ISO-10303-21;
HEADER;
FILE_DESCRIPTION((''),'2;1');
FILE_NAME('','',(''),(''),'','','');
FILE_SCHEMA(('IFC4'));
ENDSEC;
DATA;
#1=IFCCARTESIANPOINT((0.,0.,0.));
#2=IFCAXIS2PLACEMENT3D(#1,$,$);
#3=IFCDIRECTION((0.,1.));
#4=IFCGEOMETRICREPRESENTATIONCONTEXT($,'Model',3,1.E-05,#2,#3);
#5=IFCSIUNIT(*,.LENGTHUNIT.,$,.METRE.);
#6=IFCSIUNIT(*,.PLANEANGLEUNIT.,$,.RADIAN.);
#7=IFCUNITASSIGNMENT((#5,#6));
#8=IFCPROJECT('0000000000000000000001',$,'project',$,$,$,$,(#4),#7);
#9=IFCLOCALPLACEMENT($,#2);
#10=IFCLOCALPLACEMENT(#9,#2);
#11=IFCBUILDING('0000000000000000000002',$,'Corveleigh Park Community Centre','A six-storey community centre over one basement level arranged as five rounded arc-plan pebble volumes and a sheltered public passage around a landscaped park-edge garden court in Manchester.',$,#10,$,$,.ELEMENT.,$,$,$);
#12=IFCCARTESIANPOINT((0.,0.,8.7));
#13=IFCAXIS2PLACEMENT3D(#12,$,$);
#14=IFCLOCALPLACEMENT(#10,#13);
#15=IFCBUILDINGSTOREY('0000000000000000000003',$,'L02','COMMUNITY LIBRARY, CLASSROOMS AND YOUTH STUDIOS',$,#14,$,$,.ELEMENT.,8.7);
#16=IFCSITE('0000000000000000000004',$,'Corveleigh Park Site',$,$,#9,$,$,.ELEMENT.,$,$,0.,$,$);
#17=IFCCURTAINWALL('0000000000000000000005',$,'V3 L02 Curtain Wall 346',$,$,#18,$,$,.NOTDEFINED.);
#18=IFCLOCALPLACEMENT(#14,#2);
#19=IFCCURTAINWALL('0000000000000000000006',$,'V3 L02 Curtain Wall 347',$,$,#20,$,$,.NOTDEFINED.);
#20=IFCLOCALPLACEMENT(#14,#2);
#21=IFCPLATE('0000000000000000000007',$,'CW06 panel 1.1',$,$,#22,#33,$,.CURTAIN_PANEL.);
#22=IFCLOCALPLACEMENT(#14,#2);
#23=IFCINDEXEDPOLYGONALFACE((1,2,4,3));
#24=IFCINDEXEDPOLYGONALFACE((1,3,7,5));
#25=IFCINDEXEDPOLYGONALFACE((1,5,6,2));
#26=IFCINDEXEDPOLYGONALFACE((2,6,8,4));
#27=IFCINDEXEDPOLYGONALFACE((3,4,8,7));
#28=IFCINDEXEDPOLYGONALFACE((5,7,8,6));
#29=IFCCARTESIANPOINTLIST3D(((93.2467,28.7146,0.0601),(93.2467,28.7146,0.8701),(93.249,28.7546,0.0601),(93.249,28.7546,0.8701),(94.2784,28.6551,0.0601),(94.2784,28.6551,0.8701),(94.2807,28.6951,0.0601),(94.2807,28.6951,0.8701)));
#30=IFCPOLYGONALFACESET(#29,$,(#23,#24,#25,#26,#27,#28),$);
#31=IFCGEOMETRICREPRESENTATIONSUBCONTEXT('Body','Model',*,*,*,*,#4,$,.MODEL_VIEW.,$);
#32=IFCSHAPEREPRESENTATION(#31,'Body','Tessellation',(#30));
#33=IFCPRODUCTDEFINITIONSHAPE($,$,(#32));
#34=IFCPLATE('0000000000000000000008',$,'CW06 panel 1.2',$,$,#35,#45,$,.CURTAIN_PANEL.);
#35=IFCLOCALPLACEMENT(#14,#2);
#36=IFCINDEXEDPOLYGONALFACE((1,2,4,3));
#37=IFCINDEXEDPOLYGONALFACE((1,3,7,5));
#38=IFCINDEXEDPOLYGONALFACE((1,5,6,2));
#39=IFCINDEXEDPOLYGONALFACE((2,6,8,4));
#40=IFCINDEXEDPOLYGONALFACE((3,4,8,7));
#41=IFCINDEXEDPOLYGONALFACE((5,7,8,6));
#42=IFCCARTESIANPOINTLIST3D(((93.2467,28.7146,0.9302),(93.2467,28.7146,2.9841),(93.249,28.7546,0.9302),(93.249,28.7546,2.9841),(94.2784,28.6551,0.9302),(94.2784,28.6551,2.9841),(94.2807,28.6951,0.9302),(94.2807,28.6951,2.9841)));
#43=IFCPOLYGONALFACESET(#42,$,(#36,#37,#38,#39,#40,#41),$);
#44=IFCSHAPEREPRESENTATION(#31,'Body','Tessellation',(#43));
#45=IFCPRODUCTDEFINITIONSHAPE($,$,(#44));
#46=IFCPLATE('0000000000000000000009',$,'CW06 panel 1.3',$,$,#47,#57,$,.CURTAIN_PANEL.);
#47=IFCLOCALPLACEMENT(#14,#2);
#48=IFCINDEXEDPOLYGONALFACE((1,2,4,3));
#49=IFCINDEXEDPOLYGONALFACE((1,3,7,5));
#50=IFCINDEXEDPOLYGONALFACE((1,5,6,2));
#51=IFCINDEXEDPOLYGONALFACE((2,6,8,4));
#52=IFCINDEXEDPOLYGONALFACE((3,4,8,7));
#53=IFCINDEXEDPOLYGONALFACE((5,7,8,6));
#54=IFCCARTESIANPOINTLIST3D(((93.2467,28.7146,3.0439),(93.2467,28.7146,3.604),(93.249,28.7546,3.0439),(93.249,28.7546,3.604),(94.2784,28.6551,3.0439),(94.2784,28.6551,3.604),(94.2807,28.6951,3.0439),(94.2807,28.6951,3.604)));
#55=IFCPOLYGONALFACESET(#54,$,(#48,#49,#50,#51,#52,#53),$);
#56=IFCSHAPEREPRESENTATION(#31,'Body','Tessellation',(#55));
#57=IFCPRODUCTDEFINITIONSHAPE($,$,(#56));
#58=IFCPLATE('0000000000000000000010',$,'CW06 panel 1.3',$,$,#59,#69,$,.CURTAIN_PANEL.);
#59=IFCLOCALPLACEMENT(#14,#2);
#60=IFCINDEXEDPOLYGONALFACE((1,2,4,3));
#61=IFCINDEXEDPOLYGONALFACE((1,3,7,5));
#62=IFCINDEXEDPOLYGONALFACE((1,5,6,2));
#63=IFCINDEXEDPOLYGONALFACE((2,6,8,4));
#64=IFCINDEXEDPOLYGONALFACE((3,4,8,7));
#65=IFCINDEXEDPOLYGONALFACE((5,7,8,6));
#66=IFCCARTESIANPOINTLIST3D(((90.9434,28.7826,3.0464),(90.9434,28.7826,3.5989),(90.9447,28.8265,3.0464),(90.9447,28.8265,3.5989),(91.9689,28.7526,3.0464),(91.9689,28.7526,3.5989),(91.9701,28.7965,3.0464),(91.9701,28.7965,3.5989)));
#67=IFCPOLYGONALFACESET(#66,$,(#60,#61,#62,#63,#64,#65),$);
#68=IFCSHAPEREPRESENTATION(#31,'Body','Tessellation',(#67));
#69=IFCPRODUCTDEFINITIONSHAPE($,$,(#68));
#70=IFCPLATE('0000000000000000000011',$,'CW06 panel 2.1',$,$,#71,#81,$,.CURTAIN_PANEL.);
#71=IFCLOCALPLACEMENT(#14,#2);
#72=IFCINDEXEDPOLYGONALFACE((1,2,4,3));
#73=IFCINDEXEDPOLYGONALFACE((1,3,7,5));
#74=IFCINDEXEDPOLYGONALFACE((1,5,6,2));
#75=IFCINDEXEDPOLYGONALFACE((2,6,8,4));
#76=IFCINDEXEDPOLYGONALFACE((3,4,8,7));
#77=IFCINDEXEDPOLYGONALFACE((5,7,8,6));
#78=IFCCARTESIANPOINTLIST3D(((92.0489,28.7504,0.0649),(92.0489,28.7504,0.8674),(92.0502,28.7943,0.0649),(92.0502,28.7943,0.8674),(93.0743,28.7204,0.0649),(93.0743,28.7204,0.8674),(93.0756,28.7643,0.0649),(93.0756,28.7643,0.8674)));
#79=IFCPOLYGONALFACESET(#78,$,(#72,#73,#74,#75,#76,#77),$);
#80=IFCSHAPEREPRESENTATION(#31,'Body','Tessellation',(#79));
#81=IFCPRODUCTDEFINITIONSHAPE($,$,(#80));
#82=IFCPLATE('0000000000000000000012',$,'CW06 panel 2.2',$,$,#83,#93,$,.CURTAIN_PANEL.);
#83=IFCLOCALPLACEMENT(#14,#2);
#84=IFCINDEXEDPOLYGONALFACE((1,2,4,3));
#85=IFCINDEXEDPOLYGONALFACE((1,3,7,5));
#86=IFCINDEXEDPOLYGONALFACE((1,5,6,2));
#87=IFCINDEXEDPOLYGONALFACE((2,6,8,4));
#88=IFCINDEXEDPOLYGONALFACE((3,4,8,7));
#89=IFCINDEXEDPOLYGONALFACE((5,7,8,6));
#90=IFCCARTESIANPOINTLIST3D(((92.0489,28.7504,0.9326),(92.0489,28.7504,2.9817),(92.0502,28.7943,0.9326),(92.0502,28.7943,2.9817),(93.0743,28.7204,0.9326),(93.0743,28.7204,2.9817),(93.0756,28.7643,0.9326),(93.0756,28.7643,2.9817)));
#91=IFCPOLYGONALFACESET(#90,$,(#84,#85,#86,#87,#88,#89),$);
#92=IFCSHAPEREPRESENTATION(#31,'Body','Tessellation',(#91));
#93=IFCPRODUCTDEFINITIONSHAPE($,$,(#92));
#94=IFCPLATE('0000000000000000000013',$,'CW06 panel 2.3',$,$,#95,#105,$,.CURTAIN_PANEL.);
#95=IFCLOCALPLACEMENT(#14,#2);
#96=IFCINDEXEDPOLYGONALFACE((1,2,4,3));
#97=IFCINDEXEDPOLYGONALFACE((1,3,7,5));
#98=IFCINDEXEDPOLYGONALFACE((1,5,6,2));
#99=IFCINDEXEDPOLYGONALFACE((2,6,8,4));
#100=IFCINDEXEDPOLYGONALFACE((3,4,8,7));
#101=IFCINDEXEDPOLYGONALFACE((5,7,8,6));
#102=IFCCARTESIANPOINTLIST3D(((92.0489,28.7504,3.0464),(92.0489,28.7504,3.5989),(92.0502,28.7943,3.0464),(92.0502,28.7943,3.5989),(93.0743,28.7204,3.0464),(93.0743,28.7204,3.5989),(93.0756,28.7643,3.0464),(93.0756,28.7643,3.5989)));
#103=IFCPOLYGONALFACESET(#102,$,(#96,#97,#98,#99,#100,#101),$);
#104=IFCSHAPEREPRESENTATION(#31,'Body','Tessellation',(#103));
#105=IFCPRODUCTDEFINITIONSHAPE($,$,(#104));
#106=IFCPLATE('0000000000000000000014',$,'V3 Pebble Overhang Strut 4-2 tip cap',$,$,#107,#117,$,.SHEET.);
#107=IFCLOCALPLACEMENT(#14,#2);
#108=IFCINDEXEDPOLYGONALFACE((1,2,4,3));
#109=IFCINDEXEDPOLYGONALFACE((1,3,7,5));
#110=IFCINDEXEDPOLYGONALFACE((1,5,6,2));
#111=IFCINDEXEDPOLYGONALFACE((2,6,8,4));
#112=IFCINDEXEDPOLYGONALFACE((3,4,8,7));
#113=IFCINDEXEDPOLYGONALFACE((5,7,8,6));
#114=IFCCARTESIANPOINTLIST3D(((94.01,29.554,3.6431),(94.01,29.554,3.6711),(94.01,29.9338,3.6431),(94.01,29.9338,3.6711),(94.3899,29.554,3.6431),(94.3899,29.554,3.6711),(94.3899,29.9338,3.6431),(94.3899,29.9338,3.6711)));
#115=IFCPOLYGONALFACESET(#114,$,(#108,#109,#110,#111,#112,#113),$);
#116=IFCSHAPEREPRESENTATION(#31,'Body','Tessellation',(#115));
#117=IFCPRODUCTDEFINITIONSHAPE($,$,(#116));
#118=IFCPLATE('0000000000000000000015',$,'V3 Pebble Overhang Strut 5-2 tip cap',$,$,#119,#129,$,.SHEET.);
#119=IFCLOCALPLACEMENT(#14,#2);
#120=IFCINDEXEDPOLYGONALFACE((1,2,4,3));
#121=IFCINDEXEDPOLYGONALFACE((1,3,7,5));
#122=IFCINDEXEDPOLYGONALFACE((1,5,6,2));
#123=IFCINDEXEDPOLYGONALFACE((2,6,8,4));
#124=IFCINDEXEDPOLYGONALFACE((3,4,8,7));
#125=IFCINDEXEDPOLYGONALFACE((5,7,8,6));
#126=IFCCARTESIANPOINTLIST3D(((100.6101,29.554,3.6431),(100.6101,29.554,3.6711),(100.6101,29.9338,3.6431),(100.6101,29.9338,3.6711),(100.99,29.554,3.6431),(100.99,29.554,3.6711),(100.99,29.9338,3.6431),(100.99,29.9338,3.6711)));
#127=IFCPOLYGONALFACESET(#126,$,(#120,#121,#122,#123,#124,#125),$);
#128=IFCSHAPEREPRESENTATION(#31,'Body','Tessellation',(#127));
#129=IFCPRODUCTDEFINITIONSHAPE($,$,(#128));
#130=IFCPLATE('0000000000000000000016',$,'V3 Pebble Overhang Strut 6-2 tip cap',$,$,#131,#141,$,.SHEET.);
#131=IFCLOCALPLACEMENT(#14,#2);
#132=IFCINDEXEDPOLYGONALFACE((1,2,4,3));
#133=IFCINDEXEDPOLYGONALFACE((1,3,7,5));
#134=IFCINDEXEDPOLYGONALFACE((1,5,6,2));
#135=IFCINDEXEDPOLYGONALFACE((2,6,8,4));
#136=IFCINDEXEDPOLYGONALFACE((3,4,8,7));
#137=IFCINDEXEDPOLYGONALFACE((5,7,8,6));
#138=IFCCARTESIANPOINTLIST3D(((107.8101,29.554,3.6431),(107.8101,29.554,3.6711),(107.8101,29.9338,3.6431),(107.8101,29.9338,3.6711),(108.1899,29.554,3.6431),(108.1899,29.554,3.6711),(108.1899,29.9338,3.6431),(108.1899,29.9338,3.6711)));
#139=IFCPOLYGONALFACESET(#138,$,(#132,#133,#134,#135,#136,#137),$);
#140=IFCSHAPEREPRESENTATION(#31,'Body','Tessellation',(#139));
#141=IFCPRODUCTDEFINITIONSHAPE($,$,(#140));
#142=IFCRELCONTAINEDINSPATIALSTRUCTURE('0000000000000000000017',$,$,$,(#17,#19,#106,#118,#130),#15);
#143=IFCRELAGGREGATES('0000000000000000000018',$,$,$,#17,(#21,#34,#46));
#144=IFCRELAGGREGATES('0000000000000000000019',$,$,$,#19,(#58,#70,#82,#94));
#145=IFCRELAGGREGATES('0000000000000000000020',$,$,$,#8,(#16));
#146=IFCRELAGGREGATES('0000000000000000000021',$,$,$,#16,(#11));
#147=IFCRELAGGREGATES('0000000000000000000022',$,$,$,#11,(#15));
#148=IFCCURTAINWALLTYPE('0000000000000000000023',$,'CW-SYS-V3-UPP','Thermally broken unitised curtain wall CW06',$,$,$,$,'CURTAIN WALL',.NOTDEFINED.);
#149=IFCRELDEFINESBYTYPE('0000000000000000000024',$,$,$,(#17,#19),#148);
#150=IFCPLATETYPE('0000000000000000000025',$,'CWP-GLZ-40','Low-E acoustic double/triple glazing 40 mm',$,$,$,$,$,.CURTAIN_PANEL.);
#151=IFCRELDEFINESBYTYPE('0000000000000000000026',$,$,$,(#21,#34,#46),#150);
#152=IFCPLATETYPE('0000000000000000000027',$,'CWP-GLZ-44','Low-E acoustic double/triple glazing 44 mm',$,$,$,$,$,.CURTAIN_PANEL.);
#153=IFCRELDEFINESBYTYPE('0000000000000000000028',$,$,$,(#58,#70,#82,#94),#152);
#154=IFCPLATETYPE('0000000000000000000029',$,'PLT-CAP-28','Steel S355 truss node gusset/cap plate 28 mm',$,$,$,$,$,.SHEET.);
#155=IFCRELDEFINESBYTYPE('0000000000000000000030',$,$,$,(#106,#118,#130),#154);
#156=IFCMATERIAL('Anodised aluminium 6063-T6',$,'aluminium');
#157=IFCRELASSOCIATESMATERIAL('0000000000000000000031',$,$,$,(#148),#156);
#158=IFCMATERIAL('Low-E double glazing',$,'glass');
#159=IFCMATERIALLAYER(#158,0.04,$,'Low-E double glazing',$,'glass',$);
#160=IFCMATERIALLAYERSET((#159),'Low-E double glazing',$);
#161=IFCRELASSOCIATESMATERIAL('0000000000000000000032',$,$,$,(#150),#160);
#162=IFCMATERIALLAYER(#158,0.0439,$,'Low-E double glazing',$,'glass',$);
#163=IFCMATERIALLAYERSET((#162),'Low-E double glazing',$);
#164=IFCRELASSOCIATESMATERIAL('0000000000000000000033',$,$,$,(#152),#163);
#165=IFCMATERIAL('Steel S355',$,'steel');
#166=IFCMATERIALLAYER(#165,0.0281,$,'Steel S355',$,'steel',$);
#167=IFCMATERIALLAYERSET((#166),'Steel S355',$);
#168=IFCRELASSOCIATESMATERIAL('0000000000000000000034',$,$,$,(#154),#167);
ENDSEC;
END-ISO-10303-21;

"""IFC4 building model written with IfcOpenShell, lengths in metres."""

from ifc_helpers import new_model, si_unit, direction, frame, origin, origin_2d, place, context, subcontext, project, spatial, rectangle, extrude, material, layer, layer_set, type_object, element, aggregate, save


model = new_model("IFC4")

# Units and contexts
model_context = context("Model", 3, precision=1e-05, world=origin(), true_north=direction((0.0, 1.0)))
body_context = subcontext(model_context, "Body", "Model", "MODEL_VIEW")
ifc_project = project(units=[si_unit("LENGTHUNIT", "METRE"), si_unit("PLANEANGLEUNIT", "RADIAN")], contexts=[model_context])

# Site, building, storey
site_placement = place(None, origin())
site = spatial("IfcSite", under=ifc_project, at=site_placement, Name="Corveleigh Park Site", CompositionType="ELEMENT", RefElevation=0.0)
building_placement = place(site_placement, origin())
building = spatial("IfcBuilding", under=site, at=building_placement, Name="Corveleigh Park Community Centre", Description="A six-storey community centre over one basement level arranged as five rounded arc-plan pebble volumes and a sheltered public passage around a landscaped park-edge garden court in Manchester.", CompositionType="ELEMENT")
storey_placement = place(building_placement, frame((0.0, 0.0, 8.7)))
storey = spatial("IfcBuildingStorey", under=building, at=storey_placement, Name="L02", Description="COMMUNITY LIBRARY, CLASSROOMS AND YOUTH STUDIOS", CompositionType="ELEMENT", Elevation=8.7)

# Curtain walls
ifc_material_1 = material(Name="Anodised aluminium 6063-T6", Category="aluminium")
curtain_wall_type_1 = type_object("IfcCurtainWallType", Name="CW-SYS-V3-UPP", Description="Thermally broken unitised curtain wall CW06", ElementType="CURTAIN WALL", PredefinedType="NOTDEFINED", material=ifc_material_1)
curtain_wall_1_placement = place(storey_placement, origin())
curtain_wall_1 = element("IfcCurtainWall", 1, at=curtain_wall_1_placement, inside=storey, type_object=curtain_wall_type_1, Name="V3 L02 Curtain Wall 346", PredefinedType="NOTDEFINED")
curtain_wall_2_placement = place(storey_placement, origin())
curtain_wall_2 = element("IfcCurtainWall", 2, at=curtain_wall_2_placement, inside=storey, type_object=curtain_wall_type_1, Name="V3 L02 Curtain Wall 347", PredefinedType="NOTDEFINED")

# Plates
ifc_material_2 = material(Name="Low-E double glazing", Category="glass")
ifc_layer_1 = layer(ifc_material_2, 0.04, Name="Low-E double glazing", Category="glass")
ifc_layer_set_1 = layer_set([ifc_layer_1], Name="Low-E double glazing")
plate_type_1 = type_object("IfcPlateType", Name="CWP-GLZ-40", Description="Low-E acoustic double/triple glazing 40 mm", PredefinedType="CURTAIN_PANEL", material=ifc_layer_set_1)
plate_1_placement = place(storey_placement, frame((93.7637, 28.7048, 0.0601), z_axis=(0.0, 0.0, 1.0), x_axis=(0.99834, -0.057597, 0.0)))
plate_1 = element("IfcPlate", 3, at=plate_1_placement, type_object=plate_type_1, Name="CW06 panel 1.1", PredefinedType="CURTAIN_PANEL", context=body_context, shape_type="SweptSolid", body=[
    extrude(rectangle(XDim=1.0334, YDim=0.04, at=origin_2d()), origin(), (0.0, 0.0, 1.0), 0.8101),
])
plate_2_placement = place(storey_placement, frame((93.7637, 28.7048, 0.9302), z_axis=(0.0, 0.0, 1.0), x_axis=(0.99834, -0.057597, 0.0)))
plate_2 = element("IfcPlate", 4, at=plate_2_placement, type_object=plate_type_1, Name="CW06 panel 1.2", PredefinedType="CURTAIN_PANEL", context=body_context, shape_type="SweptSolid", body=[
    extrude(rectangle(XDim=1.0334, YDim=0.04, at=origin_2d()), origin(), (0.0, 0.0, 1.0), 2.054),
])
plate_3_placement = place(storey_placement, frame((93.7637, 28.7048, 3.0439), z_axis=(0.0, 0.0, 1.0), x_axis=(0.99834, -0.057597, 0.0)))
plate_3 = element("IfcPlate", 5, at=plate_3_placement, type_object=plate_type_1, Name="CW06 panel 1.3", PredefinedType="CURTAIN_PANEL", context=body_context, shape_type="SweptSolid", body=[
    extrude(rectangle(XDim=1.0334, YDim=0.04, at=origin_2d()), origin(), (0.0, 0.0, 1.0), 0.5601),
])
aggregate(curtain_wall_1, [plate_1, plate_2, plate_3])
ifc_layer_2 = layer(ifc_material_2, 0.0439, Name="Low-E double glazing", Category="glass")
ifc_layer_set_2 = layer_set([ifc_layer_2], Name="Low-E double glazing")
plate_type_2 = type_object("IfcPlateType", Name="CWP-GLZ-44", Description="Low-E acoustic double/triple glazing 44 mm", PredefinedType="CURTAIN_PANEL", material=ifc_layer_set_2)
plate_4_placement = place(storey_placement, frame((91.4568, 28.7896, 3.0464), z_axis=(0.0, 0.0, 1.0), x_axis=(0.999573, -0.029232, 0.0)))
plate_4 = element("IfcPlate", 6, at=plate_4_placement, type_object=plate_type_2, Name="CW06 panel 1.3", PredefinedType="CURTAIN_PANEL", context=body_context, shape_type="SweptSolid", body=[
    extrude(rectangle(XDim=1.0259, YDim=0.0439, at=origin_2d()), origin(), (0.0, 0.0, 1.0), 0.5525),
])
plate_5_placement = place(storey_placement, frame((92.5623, 28.7573, 0.0649), z_axis=(0.0, 0.0, 1.0), x_axis=(0.999573, -0.029232, 0.0)))
plate_5 = element("IfcPlate", 7, at=plate_5_placement, type_object=plate_type_2, Name="CW06 panel 2.1", PredefinedType="CURTAIN_PANEL", context=body_context, shape_type="SweptSolid", body=[
    extrude(rectangle(XDim=1.0259, YDim=0.0439, at=origin_2d()), origin(), (0.0, 0.0, 1.0), 0.8025),
])
plate_6_placement = place(storey_placement, frame((92.5623, 28.7573, 0.9326), z_axis=(0.0, 0.0, 1.0), x_axis=(0.999573, -0.029232, 0.0)))
plate_6 = element("IfcPlate", 8, at=plate_6_placement, type_object=plate_type_2, Name="CW06 panel 2.2", PredefinedType="CURTAIN_PANEL", context=body_context, shape_type="SweptSolid", body=[
    extrude(rectangle(XDim=1.0259, YDim=0.0439, at=origin_2d()), origin(), (0.0, 0.0, 1.0), 2.0491),
])
plate_7_placement = place(storey_placement, frame((92.5623, 28.7573, 3.0464), z_axis=(0.0, 0.0, 1.0), x_axis=(0.999573, -0.029232, 0.0)))
plate_7 = element("IfcPlate", 9, at=plate_7_placement, type_object=plate_type_2, Name="CW06 panel 2.3", PredefinedType="CURTAIN_PANEL", context=body_context, shape_type="SweptSolid", body=[
    extrude(rectangle(XDim=1.0259, YDim=0.0439, at=origin_2d()), origin(), (0.0, 0.0, 1.0), 0.5525),
])
aggregate(curtain_wall_2, [plate_4, plate_5, plate_6, plate_7])

# Plates
ifc_material_3 = material(Name="Steel S355", Category="steel")
ifc_layer_3 = layer(ifc_material_3, 0.0281, Name="Steel S355", Category="steel")
ifc_layer_set_3 = layer_set([ifc_layer_3], Name="Steel S355")
plate_type_3 = type_object("IfcPlateType", Name="PLT-CAP-28", Description="Steel S355 truss node gusset/cap plate 28 mm", PredefinedType="SHEET", material=ifc_layer_set_3)
for number, where, z_axis, x_axis, name in (
    (10, (94.2, 29.7439, 3.6431), (0.0, 0.0, 1.0), (1.0, 0.0, 0.0), "V3 Pebble Overhang Strut 4-2 tip cap"),
    (11, (100.8, 29.7439, 3.6431), (0.0, 0.0, 1.0), (1.0, 0.0, 0.0), "V3 Pebble Overhang Strut 5-2 tip cap"),
    (12, (108.0, 29.7439, 3.6431), (0.0, 0.0, 1.0), (1.0, 0.0, 0.0), "V3 Pebble Overhang Strut 6-2 tip cap"),
):
    element("IfcPlate", number, at=place(storey_placement, frame(where, z_axis=z_axis, x_axis=x_axis)), inside=storey, type_object=plate_type_3, Name=name, PredefinedType="SHEET", context=body_context, shape_type="SweptSolid", body=[
        extrude(rectangle(XDim=0.3799, YDim=0.3799, at=origin_2d()), origin(), (0.0, 0.0, 1.0), 0.0281),
    ])

save(model, "model.ifc")
